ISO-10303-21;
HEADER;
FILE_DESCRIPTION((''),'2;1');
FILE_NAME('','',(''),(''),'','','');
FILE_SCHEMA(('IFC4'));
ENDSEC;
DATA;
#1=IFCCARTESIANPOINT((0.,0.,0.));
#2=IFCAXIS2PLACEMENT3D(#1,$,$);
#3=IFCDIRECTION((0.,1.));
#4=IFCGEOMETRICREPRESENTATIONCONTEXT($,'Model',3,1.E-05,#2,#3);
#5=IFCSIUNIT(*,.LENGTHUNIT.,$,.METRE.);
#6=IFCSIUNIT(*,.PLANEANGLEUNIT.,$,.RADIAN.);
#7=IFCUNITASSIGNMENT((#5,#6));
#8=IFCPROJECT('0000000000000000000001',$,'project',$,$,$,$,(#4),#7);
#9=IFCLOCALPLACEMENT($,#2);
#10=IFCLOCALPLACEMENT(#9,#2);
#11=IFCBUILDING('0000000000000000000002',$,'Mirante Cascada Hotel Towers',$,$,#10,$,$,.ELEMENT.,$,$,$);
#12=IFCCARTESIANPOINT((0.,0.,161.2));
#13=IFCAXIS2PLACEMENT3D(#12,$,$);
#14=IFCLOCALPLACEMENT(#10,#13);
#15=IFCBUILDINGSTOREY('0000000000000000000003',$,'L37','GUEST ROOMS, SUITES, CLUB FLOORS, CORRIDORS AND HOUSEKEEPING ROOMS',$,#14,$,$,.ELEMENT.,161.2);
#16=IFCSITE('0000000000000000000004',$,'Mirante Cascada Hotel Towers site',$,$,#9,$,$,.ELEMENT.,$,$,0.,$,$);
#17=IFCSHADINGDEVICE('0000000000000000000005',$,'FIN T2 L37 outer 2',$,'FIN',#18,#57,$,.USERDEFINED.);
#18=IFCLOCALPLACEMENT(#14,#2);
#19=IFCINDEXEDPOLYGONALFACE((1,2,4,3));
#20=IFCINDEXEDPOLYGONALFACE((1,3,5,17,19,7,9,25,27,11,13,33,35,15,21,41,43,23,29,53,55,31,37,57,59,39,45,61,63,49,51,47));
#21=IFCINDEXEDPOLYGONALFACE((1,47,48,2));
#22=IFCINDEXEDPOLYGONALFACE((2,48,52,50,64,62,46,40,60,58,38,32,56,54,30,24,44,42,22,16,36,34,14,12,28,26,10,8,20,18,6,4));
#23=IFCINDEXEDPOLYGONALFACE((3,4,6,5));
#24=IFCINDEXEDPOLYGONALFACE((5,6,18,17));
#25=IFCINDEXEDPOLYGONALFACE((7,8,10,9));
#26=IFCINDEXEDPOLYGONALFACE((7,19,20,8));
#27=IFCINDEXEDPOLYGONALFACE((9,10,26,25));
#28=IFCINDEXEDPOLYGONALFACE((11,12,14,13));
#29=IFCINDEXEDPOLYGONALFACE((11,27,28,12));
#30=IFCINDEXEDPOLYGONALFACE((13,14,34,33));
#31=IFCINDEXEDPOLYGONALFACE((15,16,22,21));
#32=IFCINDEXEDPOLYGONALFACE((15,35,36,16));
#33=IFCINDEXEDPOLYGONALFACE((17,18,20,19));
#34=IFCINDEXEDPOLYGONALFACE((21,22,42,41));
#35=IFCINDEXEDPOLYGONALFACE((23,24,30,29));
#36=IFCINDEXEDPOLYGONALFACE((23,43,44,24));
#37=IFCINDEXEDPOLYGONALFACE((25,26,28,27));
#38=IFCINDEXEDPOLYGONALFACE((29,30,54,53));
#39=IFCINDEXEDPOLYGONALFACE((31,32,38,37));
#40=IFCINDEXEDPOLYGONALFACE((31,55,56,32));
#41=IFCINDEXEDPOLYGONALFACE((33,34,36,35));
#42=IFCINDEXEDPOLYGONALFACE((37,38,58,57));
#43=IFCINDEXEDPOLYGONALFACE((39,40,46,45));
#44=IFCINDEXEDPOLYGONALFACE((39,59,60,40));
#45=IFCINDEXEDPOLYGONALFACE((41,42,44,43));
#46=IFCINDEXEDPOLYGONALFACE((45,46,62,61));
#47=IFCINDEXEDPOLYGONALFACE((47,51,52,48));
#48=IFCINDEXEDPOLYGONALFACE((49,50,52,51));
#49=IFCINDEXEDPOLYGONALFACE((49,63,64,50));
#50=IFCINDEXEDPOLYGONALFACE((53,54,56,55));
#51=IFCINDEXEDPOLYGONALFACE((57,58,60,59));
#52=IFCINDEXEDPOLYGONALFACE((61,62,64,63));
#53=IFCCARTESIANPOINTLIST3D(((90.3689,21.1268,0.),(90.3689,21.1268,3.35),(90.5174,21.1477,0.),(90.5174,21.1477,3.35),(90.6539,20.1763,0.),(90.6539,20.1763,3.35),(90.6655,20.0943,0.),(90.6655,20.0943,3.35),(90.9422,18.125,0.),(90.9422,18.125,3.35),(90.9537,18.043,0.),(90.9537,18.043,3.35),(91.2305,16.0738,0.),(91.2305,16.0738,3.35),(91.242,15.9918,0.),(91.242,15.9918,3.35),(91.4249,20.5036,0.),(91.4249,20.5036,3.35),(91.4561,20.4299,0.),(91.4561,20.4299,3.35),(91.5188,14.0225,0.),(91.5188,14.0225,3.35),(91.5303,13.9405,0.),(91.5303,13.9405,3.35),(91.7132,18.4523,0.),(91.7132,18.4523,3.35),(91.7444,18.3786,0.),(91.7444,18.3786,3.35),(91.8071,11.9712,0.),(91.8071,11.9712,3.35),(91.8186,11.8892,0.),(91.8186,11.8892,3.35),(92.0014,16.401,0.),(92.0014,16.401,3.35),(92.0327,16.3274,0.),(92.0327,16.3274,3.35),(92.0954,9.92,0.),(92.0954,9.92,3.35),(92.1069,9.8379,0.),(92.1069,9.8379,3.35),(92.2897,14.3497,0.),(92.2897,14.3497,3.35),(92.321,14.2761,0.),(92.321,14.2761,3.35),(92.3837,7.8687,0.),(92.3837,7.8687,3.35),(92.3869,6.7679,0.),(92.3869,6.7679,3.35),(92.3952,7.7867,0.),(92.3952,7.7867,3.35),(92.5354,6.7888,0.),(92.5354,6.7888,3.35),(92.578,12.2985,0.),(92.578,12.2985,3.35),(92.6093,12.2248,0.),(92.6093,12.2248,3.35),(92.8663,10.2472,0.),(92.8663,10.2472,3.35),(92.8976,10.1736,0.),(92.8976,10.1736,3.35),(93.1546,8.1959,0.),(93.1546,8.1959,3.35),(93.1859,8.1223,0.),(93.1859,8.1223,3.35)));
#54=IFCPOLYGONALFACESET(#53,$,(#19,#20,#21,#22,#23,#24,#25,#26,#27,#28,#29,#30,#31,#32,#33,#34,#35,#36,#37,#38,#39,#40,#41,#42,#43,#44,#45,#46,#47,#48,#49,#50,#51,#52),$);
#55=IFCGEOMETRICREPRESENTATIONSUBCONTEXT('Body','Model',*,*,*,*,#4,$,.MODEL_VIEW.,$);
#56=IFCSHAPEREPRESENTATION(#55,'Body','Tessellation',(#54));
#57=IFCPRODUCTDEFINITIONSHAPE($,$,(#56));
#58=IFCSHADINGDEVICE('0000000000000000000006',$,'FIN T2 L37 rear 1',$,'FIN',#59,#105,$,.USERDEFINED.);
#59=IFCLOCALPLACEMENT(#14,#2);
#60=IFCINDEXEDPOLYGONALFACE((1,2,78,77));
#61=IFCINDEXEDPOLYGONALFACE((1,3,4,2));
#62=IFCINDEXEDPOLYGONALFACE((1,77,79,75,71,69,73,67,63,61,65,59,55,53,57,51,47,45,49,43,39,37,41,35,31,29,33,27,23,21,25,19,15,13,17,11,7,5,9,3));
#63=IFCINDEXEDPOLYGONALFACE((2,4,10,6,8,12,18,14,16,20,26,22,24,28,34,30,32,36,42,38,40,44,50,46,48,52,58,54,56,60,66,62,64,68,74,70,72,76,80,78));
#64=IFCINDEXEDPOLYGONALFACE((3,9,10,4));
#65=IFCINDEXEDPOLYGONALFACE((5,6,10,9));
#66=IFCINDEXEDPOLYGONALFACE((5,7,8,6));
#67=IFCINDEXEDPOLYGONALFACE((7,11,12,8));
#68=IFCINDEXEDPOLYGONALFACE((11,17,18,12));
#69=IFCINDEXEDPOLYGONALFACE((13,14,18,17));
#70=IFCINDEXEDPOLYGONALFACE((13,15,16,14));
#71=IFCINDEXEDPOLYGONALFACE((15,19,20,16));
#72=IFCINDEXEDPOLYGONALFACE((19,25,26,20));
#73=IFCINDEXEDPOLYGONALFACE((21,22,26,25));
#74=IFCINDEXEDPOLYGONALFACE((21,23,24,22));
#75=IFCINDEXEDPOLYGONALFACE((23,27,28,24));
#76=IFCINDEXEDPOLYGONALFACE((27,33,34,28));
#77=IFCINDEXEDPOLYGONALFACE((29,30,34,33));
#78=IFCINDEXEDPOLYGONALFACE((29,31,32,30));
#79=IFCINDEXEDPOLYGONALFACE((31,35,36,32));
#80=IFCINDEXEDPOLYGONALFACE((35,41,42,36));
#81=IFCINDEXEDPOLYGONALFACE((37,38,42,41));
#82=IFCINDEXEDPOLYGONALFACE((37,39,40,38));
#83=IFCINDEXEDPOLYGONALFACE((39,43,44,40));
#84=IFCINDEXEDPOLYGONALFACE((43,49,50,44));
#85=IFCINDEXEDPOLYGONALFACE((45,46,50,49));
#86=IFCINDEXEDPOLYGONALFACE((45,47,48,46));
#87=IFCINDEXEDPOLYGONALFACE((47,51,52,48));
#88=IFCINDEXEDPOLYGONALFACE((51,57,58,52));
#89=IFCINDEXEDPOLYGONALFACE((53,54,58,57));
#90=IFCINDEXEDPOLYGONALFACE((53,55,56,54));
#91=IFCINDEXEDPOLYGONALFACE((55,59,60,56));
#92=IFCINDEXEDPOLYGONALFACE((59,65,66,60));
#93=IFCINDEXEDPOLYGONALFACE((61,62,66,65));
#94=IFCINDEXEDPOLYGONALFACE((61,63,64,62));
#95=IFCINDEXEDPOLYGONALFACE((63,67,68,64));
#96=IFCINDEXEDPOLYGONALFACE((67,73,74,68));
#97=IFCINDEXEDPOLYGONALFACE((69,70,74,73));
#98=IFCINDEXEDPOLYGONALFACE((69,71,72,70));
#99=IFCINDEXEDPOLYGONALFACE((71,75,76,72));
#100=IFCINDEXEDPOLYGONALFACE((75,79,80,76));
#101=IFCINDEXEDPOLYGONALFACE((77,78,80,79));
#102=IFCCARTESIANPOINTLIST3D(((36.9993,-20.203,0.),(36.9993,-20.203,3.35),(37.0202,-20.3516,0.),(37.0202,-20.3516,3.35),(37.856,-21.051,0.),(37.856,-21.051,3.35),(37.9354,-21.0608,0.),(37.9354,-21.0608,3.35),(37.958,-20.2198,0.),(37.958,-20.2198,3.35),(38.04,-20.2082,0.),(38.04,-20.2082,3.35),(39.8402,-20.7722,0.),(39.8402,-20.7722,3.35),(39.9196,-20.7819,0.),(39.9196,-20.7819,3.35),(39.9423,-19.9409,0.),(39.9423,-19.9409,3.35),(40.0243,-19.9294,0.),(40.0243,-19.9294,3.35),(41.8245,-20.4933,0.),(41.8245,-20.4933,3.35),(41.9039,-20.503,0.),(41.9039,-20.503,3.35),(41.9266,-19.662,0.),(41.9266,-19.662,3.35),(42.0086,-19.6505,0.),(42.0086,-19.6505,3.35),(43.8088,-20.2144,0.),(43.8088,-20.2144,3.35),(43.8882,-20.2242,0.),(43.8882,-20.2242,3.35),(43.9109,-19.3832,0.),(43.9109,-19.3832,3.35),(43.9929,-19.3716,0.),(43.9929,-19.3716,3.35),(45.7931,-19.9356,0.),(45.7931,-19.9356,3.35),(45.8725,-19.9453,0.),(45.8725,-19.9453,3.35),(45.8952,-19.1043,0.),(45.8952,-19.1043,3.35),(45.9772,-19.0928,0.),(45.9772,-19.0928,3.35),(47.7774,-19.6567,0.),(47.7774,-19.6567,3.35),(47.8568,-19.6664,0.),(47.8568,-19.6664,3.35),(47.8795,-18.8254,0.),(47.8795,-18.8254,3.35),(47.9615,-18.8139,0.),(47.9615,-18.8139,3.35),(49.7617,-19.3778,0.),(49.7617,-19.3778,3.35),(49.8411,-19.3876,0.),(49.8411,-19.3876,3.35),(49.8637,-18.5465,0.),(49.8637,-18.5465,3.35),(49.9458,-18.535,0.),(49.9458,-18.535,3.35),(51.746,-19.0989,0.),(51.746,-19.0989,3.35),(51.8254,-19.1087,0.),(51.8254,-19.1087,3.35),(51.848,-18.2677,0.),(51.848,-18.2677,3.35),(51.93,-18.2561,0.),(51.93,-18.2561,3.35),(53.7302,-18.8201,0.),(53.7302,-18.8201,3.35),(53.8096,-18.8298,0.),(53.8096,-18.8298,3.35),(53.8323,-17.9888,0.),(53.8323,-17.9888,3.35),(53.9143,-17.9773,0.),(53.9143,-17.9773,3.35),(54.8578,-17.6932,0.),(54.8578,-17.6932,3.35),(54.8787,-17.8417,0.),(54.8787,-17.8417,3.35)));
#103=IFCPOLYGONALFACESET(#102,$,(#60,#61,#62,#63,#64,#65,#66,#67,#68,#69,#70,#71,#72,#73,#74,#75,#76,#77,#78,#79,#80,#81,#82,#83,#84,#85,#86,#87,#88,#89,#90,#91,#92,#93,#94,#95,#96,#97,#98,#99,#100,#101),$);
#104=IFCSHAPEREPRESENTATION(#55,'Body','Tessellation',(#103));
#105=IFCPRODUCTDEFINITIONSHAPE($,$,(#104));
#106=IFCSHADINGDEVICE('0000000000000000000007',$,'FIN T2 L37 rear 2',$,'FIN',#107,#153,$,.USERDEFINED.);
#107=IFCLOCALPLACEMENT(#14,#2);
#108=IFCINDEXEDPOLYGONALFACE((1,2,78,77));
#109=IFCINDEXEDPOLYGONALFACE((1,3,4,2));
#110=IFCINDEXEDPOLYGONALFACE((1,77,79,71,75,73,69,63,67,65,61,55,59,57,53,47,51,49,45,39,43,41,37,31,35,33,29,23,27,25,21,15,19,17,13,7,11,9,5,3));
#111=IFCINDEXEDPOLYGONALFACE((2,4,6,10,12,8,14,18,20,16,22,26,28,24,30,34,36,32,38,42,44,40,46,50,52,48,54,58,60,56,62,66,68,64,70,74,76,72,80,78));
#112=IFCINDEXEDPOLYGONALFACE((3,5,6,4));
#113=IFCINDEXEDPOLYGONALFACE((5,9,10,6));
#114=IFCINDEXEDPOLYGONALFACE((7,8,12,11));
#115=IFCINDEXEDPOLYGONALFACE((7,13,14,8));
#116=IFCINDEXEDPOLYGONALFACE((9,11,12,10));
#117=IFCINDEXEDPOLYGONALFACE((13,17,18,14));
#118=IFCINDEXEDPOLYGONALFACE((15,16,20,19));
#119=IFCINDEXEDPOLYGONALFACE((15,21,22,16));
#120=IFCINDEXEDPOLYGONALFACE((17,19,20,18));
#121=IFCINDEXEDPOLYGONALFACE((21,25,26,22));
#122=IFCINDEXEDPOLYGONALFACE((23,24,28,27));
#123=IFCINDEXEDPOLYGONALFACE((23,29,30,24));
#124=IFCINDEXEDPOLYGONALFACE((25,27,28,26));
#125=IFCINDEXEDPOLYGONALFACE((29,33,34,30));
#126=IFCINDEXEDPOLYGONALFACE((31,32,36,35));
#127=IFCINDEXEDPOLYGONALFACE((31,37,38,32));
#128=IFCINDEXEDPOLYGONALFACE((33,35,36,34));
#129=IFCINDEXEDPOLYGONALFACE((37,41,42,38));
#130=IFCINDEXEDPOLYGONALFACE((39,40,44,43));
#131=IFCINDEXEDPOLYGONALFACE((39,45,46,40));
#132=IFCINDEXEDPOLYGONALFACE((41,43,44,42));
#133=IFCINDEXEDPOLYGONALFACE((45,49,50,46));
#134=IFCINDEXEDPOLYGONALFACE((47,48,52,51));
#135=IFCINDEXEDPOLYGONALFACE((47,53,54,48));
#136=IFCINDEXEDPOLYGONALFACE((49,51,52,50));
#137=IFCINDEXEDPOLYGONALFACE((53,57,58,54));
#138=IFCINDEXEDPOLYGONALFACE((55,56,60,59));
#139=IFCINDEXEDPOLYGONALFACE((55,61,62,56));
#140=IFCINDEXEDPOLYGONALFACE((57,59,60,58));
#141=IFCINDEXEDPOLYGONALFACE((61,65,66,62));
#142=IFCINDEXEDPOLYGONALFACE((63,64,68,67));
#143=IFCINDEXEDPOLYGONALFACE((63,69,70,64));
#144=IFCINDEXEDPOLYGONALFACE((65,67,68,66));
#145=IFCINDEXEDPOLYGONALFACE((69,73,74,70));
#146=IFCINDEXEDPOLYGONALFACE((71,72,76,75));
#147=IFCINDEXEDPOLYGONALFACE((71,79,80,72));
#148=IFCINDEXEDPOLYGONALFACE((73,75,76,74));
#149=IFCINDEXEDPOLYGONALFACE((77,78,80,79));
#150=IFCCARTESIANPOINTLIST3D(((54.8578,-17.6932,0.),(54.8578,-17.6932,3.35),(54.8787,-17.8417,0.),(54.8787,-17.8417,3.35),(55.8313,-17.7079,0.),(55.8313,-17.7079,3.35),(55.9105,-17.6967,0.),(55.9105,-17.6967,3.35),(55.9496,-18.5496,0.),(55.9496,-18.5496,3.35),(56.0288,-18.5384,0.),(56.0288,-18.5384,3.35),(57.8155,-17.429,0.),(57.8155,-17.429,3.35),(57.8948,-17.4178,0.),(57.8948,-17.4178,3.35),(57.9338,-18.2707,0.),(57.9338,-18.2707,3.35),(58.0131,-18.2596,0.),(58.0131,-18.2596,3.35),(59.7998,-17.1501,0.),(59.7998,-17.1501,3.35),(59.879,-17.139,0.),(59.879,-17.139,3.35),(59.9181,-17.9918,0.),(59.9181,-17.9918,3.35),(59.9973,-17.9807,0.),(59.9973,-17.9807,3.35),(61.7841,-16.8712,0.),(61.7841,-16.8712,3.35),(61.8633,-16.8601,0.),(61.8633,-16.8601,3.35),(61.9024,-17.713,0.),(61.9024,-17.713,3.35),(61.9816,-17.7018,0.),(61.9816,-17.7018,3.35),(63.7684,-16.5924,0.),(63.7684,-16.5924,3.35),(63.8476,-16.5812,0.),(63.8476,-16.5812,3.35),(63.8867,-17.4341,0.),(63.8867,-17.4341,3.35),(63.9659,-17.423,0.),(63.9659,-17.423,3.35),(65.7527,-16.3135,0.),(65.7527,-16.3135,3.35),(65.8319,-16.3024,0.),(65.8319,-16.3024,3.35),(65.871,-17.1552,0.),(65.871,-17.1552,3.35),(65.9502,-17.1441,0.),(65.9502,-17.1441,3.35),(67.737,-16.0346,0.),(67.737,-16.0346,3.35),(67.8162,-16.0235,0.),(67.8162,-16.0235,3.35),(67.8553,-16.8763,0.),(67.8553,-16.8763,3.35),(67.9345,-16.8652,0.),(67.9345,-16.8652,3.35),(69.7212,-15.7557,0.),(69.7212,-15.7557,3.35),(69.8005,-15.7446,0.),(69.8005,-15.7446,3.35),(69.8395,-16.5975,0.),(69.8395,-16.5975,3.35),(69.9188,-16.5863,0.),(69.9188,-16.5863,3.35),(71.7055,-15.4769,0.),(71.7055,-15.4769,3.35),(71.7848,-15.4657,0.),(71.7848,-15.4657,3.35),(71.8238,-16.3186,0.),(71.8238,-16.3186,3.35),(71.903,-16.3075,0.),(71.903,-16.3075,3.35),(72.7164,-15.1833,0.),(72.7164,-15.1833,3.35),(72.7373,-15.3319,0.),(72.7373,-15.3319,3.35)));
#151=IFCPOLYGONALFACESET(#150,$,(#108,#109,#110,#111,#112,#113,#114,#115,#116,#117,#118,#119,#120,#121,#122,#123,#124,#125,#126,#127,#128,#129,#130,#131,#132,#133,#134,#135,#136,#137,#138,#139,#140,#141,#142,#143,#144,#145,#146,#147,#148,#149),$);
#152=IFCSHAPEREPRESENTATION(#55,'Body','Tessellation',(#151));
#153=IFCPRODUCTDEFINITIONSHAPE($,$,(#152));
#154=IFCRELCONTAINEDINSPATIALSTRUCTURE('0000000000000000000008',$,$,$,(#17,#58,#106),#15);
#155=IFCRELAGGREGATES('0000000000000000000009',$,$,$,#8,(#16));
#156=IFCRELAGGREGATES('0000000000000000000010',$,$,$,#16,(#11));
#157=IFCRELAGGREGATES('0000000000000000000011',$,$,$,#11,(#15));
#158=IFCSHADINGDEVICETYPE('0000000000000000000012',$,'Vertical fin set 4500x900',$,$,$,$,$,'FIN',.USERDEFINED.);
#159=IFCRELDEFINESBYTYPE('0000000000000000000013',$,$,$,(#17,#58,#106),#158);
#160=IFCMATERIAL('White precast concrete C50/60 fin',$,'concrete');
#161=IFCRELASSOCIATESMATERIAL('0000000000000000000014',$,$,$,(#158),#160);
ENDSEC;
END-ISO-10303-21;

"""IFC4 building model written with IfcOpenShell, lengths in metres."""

from ifc_helpers import new_model, si_unit, direction, frame, origin, place, context, subcontext, project, spatial, polyline, outline, extrude, material, type_object, element, save


model = new_model("IFC4")

# Units and contexts
model_context = context("Model", 3, precision=1e-05, world=origin(), true_north=direction((0.0, 1.0)))
body_context = subcontext(model_context, "Body", "Model", "MODEL_VIEW")
ifc_project = project(units=[si_unit("LENGTHUNIT", "METRE"), si_unit("PLANEANGLEUNIT", "RADIAN")], contexts=[model_context])

# Site, building, storey
site_placement = place(None, origin())
site = spatial("IfcSite", under=ifc_project, at=site_placement, Name="Mirante Cascada Hotel Towers site", CompositionType="ELEMENT", RefElevation=0.0)
building_placement = place(site_placement, origin())
building = spatial("IfcBuilding", under=site, at=building_placement, Name="Mirante Cascada Hotel Towers", CompositionType="ELEMENT")
storey_placement = place(building_placement, frame((0.0, 0.0, 161.2)))
storey = spatial("IfcBuildingStorey", under=building, at=storey_placement, Name="L37", Description="GUEST ROOMS, SUITES, CLUB FLOORS, CORRIDORS AND HOUSEKEEPING ROOMS", CompositionType="ELEMENT", Elevation=161.2)

# Shading devices
ifc_material_1 = material(Name="White precast concrete C50/60 fin", Category="concrete")
shading_device_type = type_object("IfcShadingDeviceType", Name="Vertical fin set 4500x900", ElementType="FIN", PredefinedType="USERDEFINED", material=ifc_material_1)
shading_device_1_placement = place(storey_placement, origin())
element("IfcShadingDevice", 1, at=shading_device_1_placement, inside=storey, type_object=shading_device_type, Name="FIN T2 L37 outer 2", ObjectType="FIN", PredefinedType="USERDEFINED", context=body_context, shape_type="SweptSolid", body=[
    extrude(outline(polyline([(93.1859, 8.1223), (92.3952, 7.7867), (92.5354, 6.7888), (92.3869, 6.7679), (90.3689, 21.1268), (90.5174, 21.1477), (90.6539, 20.1763), (91.4249, 20.5036), (91.4561, 20.4299), (90.6655, 20.0943), (90.9422, 18.125), (91.7132, 18.4523), (91.7444, 18.3786), (90.9537, 18.043), (91.2305, 16.0738), (92.0014, 16.401), (92.0327, 16.3274), (91.242, 15.9918), (91.5188, 14.0225), (92.2897, 14.3497), (92.321, 14.2761), (91.5303, 13.9405), (91.8071, 11.9712), (92.578, 12.2985), (92.6093, 12.2248), (91.8186, 11.8892), (92.0954, 9.92), (92.8663, 10.2472), (92.8976, 10.1736), (92.1069, 9.8379), (92.3837, 7.8687), (93.1546, 8.1959), (93.1859, 8.1223)])), origin(), (0.0, 0.0, 1.0), 3.35),
])
shading_device_2_placement = place(storey_placement, origin())
element("IfcShadingDevice", 2, at=shading_device_2_placement, inside=storey, type_object=shading_device_type, Name="FIN T2 L37 rear 1", ObjectType="FIN", PredefinedType="USERDEFINED", context=body_context, shape_type="SweptSolid", body=[
    extrude(outline(polyline([(37.856, -21.051), (37.958, -20.2198), (37.0202, -20.3516), (36.9993, -20.203), (54.8578, -17.6932), (54.8787, -17.8417), (53.9143, -17.9773), (53.8096, -18.8298), (53.7302, -18.8201), (53.8323, -17.9888), (51.93, -18.2561), (51.8254, -19.1087), (51.746, -19.0989), (51.848, -18.2677), (49.9458, -18.535), (49.8411, -19.3876), (49.7617, -19.3778), (49.8637, -18.5465), (47.9615, -18.8139), (47.8568, -19.6664), (47.7774, -19.6567), (47.8795, -18.8254), (45.9772, -19.0928), (45.8725, -19.9453), (45.7931, -19.9356), (45.8952, -19.1043), (43.9929, -19.3716), (43.8882, -20.2242), (43.8088, -20.2144), (43.9109, -19.3832), (42.0086, -19.6505), (41.9039, -20.503), (41.8245, -20.4933), (41.9266, -19.662), (40.0243, -19.9294), (39.9196, -20.7819), (39.8402, -20.7722), (39.9423, -19.9409), (38.04, -20.2082), (37.9354, -21.0608), (37.856, -21.051)])), origin(), (0.0, 0.0, 1.0), 3.35),
])
shading_device_3_placement = place(storey_placement, origin())
element("IfcShadingDevice", 3, at=shading_device_3_placement, inside=storey, type_object=shading_device_type, Name="FIN T2 L37 rear 2", ObjectType="FIN", PredefinedType="USERDEFINED", context=body_context, shape_type="SweptSolid", body=[
    extrude(outline(polyline([(55.9496, -18.5496), (55.8313, -17.7079), (54.8787, -17.8417), (54.8578, -17.6932), (72.7164, -15.1833), (72.7373, -15.3319), (71.7848, -15.4657), (71.903, -16.3075), (71.8238, -16.3186), (71.7055, -15.4769), (69.8005, -15.7446), (69.9188, -16.5863), (69.8395, -16.5975), (69.7212, -15.7557), (67.8162, -16.0235), (67.9345, -16.8652), (67.8553, -16.8763), (67.737, -16.0346), (65.8319, -16.3024), (65.9502, -17.1441), (65.871, -17.1552), (65.7527, -16.3135), (63.8476, -16.5812), (63.9659, -17.423), (63.8867, -17.4341), (63.7684, -16.5924), (61.8633, -16.8601), (61.9816, -17.7018), (61.9024, -17.713), (61.7841, -16.8712), (59.879, -17.139), (59.9973, -17.9807), (59.9181, -17.9918), (59.7998, -17.1501), (57.8948, -17.4178), (58.0131, -18.2596), (57.9338, -18.2707), (57.8155, -17.429), (55.9105, -17.6967), (56.0288, -18.5384), (55.9496, -18.5496)])), origin(), (0.0, 0.0, 1.0), 3.35),
])

save(model, "model.ifc")
